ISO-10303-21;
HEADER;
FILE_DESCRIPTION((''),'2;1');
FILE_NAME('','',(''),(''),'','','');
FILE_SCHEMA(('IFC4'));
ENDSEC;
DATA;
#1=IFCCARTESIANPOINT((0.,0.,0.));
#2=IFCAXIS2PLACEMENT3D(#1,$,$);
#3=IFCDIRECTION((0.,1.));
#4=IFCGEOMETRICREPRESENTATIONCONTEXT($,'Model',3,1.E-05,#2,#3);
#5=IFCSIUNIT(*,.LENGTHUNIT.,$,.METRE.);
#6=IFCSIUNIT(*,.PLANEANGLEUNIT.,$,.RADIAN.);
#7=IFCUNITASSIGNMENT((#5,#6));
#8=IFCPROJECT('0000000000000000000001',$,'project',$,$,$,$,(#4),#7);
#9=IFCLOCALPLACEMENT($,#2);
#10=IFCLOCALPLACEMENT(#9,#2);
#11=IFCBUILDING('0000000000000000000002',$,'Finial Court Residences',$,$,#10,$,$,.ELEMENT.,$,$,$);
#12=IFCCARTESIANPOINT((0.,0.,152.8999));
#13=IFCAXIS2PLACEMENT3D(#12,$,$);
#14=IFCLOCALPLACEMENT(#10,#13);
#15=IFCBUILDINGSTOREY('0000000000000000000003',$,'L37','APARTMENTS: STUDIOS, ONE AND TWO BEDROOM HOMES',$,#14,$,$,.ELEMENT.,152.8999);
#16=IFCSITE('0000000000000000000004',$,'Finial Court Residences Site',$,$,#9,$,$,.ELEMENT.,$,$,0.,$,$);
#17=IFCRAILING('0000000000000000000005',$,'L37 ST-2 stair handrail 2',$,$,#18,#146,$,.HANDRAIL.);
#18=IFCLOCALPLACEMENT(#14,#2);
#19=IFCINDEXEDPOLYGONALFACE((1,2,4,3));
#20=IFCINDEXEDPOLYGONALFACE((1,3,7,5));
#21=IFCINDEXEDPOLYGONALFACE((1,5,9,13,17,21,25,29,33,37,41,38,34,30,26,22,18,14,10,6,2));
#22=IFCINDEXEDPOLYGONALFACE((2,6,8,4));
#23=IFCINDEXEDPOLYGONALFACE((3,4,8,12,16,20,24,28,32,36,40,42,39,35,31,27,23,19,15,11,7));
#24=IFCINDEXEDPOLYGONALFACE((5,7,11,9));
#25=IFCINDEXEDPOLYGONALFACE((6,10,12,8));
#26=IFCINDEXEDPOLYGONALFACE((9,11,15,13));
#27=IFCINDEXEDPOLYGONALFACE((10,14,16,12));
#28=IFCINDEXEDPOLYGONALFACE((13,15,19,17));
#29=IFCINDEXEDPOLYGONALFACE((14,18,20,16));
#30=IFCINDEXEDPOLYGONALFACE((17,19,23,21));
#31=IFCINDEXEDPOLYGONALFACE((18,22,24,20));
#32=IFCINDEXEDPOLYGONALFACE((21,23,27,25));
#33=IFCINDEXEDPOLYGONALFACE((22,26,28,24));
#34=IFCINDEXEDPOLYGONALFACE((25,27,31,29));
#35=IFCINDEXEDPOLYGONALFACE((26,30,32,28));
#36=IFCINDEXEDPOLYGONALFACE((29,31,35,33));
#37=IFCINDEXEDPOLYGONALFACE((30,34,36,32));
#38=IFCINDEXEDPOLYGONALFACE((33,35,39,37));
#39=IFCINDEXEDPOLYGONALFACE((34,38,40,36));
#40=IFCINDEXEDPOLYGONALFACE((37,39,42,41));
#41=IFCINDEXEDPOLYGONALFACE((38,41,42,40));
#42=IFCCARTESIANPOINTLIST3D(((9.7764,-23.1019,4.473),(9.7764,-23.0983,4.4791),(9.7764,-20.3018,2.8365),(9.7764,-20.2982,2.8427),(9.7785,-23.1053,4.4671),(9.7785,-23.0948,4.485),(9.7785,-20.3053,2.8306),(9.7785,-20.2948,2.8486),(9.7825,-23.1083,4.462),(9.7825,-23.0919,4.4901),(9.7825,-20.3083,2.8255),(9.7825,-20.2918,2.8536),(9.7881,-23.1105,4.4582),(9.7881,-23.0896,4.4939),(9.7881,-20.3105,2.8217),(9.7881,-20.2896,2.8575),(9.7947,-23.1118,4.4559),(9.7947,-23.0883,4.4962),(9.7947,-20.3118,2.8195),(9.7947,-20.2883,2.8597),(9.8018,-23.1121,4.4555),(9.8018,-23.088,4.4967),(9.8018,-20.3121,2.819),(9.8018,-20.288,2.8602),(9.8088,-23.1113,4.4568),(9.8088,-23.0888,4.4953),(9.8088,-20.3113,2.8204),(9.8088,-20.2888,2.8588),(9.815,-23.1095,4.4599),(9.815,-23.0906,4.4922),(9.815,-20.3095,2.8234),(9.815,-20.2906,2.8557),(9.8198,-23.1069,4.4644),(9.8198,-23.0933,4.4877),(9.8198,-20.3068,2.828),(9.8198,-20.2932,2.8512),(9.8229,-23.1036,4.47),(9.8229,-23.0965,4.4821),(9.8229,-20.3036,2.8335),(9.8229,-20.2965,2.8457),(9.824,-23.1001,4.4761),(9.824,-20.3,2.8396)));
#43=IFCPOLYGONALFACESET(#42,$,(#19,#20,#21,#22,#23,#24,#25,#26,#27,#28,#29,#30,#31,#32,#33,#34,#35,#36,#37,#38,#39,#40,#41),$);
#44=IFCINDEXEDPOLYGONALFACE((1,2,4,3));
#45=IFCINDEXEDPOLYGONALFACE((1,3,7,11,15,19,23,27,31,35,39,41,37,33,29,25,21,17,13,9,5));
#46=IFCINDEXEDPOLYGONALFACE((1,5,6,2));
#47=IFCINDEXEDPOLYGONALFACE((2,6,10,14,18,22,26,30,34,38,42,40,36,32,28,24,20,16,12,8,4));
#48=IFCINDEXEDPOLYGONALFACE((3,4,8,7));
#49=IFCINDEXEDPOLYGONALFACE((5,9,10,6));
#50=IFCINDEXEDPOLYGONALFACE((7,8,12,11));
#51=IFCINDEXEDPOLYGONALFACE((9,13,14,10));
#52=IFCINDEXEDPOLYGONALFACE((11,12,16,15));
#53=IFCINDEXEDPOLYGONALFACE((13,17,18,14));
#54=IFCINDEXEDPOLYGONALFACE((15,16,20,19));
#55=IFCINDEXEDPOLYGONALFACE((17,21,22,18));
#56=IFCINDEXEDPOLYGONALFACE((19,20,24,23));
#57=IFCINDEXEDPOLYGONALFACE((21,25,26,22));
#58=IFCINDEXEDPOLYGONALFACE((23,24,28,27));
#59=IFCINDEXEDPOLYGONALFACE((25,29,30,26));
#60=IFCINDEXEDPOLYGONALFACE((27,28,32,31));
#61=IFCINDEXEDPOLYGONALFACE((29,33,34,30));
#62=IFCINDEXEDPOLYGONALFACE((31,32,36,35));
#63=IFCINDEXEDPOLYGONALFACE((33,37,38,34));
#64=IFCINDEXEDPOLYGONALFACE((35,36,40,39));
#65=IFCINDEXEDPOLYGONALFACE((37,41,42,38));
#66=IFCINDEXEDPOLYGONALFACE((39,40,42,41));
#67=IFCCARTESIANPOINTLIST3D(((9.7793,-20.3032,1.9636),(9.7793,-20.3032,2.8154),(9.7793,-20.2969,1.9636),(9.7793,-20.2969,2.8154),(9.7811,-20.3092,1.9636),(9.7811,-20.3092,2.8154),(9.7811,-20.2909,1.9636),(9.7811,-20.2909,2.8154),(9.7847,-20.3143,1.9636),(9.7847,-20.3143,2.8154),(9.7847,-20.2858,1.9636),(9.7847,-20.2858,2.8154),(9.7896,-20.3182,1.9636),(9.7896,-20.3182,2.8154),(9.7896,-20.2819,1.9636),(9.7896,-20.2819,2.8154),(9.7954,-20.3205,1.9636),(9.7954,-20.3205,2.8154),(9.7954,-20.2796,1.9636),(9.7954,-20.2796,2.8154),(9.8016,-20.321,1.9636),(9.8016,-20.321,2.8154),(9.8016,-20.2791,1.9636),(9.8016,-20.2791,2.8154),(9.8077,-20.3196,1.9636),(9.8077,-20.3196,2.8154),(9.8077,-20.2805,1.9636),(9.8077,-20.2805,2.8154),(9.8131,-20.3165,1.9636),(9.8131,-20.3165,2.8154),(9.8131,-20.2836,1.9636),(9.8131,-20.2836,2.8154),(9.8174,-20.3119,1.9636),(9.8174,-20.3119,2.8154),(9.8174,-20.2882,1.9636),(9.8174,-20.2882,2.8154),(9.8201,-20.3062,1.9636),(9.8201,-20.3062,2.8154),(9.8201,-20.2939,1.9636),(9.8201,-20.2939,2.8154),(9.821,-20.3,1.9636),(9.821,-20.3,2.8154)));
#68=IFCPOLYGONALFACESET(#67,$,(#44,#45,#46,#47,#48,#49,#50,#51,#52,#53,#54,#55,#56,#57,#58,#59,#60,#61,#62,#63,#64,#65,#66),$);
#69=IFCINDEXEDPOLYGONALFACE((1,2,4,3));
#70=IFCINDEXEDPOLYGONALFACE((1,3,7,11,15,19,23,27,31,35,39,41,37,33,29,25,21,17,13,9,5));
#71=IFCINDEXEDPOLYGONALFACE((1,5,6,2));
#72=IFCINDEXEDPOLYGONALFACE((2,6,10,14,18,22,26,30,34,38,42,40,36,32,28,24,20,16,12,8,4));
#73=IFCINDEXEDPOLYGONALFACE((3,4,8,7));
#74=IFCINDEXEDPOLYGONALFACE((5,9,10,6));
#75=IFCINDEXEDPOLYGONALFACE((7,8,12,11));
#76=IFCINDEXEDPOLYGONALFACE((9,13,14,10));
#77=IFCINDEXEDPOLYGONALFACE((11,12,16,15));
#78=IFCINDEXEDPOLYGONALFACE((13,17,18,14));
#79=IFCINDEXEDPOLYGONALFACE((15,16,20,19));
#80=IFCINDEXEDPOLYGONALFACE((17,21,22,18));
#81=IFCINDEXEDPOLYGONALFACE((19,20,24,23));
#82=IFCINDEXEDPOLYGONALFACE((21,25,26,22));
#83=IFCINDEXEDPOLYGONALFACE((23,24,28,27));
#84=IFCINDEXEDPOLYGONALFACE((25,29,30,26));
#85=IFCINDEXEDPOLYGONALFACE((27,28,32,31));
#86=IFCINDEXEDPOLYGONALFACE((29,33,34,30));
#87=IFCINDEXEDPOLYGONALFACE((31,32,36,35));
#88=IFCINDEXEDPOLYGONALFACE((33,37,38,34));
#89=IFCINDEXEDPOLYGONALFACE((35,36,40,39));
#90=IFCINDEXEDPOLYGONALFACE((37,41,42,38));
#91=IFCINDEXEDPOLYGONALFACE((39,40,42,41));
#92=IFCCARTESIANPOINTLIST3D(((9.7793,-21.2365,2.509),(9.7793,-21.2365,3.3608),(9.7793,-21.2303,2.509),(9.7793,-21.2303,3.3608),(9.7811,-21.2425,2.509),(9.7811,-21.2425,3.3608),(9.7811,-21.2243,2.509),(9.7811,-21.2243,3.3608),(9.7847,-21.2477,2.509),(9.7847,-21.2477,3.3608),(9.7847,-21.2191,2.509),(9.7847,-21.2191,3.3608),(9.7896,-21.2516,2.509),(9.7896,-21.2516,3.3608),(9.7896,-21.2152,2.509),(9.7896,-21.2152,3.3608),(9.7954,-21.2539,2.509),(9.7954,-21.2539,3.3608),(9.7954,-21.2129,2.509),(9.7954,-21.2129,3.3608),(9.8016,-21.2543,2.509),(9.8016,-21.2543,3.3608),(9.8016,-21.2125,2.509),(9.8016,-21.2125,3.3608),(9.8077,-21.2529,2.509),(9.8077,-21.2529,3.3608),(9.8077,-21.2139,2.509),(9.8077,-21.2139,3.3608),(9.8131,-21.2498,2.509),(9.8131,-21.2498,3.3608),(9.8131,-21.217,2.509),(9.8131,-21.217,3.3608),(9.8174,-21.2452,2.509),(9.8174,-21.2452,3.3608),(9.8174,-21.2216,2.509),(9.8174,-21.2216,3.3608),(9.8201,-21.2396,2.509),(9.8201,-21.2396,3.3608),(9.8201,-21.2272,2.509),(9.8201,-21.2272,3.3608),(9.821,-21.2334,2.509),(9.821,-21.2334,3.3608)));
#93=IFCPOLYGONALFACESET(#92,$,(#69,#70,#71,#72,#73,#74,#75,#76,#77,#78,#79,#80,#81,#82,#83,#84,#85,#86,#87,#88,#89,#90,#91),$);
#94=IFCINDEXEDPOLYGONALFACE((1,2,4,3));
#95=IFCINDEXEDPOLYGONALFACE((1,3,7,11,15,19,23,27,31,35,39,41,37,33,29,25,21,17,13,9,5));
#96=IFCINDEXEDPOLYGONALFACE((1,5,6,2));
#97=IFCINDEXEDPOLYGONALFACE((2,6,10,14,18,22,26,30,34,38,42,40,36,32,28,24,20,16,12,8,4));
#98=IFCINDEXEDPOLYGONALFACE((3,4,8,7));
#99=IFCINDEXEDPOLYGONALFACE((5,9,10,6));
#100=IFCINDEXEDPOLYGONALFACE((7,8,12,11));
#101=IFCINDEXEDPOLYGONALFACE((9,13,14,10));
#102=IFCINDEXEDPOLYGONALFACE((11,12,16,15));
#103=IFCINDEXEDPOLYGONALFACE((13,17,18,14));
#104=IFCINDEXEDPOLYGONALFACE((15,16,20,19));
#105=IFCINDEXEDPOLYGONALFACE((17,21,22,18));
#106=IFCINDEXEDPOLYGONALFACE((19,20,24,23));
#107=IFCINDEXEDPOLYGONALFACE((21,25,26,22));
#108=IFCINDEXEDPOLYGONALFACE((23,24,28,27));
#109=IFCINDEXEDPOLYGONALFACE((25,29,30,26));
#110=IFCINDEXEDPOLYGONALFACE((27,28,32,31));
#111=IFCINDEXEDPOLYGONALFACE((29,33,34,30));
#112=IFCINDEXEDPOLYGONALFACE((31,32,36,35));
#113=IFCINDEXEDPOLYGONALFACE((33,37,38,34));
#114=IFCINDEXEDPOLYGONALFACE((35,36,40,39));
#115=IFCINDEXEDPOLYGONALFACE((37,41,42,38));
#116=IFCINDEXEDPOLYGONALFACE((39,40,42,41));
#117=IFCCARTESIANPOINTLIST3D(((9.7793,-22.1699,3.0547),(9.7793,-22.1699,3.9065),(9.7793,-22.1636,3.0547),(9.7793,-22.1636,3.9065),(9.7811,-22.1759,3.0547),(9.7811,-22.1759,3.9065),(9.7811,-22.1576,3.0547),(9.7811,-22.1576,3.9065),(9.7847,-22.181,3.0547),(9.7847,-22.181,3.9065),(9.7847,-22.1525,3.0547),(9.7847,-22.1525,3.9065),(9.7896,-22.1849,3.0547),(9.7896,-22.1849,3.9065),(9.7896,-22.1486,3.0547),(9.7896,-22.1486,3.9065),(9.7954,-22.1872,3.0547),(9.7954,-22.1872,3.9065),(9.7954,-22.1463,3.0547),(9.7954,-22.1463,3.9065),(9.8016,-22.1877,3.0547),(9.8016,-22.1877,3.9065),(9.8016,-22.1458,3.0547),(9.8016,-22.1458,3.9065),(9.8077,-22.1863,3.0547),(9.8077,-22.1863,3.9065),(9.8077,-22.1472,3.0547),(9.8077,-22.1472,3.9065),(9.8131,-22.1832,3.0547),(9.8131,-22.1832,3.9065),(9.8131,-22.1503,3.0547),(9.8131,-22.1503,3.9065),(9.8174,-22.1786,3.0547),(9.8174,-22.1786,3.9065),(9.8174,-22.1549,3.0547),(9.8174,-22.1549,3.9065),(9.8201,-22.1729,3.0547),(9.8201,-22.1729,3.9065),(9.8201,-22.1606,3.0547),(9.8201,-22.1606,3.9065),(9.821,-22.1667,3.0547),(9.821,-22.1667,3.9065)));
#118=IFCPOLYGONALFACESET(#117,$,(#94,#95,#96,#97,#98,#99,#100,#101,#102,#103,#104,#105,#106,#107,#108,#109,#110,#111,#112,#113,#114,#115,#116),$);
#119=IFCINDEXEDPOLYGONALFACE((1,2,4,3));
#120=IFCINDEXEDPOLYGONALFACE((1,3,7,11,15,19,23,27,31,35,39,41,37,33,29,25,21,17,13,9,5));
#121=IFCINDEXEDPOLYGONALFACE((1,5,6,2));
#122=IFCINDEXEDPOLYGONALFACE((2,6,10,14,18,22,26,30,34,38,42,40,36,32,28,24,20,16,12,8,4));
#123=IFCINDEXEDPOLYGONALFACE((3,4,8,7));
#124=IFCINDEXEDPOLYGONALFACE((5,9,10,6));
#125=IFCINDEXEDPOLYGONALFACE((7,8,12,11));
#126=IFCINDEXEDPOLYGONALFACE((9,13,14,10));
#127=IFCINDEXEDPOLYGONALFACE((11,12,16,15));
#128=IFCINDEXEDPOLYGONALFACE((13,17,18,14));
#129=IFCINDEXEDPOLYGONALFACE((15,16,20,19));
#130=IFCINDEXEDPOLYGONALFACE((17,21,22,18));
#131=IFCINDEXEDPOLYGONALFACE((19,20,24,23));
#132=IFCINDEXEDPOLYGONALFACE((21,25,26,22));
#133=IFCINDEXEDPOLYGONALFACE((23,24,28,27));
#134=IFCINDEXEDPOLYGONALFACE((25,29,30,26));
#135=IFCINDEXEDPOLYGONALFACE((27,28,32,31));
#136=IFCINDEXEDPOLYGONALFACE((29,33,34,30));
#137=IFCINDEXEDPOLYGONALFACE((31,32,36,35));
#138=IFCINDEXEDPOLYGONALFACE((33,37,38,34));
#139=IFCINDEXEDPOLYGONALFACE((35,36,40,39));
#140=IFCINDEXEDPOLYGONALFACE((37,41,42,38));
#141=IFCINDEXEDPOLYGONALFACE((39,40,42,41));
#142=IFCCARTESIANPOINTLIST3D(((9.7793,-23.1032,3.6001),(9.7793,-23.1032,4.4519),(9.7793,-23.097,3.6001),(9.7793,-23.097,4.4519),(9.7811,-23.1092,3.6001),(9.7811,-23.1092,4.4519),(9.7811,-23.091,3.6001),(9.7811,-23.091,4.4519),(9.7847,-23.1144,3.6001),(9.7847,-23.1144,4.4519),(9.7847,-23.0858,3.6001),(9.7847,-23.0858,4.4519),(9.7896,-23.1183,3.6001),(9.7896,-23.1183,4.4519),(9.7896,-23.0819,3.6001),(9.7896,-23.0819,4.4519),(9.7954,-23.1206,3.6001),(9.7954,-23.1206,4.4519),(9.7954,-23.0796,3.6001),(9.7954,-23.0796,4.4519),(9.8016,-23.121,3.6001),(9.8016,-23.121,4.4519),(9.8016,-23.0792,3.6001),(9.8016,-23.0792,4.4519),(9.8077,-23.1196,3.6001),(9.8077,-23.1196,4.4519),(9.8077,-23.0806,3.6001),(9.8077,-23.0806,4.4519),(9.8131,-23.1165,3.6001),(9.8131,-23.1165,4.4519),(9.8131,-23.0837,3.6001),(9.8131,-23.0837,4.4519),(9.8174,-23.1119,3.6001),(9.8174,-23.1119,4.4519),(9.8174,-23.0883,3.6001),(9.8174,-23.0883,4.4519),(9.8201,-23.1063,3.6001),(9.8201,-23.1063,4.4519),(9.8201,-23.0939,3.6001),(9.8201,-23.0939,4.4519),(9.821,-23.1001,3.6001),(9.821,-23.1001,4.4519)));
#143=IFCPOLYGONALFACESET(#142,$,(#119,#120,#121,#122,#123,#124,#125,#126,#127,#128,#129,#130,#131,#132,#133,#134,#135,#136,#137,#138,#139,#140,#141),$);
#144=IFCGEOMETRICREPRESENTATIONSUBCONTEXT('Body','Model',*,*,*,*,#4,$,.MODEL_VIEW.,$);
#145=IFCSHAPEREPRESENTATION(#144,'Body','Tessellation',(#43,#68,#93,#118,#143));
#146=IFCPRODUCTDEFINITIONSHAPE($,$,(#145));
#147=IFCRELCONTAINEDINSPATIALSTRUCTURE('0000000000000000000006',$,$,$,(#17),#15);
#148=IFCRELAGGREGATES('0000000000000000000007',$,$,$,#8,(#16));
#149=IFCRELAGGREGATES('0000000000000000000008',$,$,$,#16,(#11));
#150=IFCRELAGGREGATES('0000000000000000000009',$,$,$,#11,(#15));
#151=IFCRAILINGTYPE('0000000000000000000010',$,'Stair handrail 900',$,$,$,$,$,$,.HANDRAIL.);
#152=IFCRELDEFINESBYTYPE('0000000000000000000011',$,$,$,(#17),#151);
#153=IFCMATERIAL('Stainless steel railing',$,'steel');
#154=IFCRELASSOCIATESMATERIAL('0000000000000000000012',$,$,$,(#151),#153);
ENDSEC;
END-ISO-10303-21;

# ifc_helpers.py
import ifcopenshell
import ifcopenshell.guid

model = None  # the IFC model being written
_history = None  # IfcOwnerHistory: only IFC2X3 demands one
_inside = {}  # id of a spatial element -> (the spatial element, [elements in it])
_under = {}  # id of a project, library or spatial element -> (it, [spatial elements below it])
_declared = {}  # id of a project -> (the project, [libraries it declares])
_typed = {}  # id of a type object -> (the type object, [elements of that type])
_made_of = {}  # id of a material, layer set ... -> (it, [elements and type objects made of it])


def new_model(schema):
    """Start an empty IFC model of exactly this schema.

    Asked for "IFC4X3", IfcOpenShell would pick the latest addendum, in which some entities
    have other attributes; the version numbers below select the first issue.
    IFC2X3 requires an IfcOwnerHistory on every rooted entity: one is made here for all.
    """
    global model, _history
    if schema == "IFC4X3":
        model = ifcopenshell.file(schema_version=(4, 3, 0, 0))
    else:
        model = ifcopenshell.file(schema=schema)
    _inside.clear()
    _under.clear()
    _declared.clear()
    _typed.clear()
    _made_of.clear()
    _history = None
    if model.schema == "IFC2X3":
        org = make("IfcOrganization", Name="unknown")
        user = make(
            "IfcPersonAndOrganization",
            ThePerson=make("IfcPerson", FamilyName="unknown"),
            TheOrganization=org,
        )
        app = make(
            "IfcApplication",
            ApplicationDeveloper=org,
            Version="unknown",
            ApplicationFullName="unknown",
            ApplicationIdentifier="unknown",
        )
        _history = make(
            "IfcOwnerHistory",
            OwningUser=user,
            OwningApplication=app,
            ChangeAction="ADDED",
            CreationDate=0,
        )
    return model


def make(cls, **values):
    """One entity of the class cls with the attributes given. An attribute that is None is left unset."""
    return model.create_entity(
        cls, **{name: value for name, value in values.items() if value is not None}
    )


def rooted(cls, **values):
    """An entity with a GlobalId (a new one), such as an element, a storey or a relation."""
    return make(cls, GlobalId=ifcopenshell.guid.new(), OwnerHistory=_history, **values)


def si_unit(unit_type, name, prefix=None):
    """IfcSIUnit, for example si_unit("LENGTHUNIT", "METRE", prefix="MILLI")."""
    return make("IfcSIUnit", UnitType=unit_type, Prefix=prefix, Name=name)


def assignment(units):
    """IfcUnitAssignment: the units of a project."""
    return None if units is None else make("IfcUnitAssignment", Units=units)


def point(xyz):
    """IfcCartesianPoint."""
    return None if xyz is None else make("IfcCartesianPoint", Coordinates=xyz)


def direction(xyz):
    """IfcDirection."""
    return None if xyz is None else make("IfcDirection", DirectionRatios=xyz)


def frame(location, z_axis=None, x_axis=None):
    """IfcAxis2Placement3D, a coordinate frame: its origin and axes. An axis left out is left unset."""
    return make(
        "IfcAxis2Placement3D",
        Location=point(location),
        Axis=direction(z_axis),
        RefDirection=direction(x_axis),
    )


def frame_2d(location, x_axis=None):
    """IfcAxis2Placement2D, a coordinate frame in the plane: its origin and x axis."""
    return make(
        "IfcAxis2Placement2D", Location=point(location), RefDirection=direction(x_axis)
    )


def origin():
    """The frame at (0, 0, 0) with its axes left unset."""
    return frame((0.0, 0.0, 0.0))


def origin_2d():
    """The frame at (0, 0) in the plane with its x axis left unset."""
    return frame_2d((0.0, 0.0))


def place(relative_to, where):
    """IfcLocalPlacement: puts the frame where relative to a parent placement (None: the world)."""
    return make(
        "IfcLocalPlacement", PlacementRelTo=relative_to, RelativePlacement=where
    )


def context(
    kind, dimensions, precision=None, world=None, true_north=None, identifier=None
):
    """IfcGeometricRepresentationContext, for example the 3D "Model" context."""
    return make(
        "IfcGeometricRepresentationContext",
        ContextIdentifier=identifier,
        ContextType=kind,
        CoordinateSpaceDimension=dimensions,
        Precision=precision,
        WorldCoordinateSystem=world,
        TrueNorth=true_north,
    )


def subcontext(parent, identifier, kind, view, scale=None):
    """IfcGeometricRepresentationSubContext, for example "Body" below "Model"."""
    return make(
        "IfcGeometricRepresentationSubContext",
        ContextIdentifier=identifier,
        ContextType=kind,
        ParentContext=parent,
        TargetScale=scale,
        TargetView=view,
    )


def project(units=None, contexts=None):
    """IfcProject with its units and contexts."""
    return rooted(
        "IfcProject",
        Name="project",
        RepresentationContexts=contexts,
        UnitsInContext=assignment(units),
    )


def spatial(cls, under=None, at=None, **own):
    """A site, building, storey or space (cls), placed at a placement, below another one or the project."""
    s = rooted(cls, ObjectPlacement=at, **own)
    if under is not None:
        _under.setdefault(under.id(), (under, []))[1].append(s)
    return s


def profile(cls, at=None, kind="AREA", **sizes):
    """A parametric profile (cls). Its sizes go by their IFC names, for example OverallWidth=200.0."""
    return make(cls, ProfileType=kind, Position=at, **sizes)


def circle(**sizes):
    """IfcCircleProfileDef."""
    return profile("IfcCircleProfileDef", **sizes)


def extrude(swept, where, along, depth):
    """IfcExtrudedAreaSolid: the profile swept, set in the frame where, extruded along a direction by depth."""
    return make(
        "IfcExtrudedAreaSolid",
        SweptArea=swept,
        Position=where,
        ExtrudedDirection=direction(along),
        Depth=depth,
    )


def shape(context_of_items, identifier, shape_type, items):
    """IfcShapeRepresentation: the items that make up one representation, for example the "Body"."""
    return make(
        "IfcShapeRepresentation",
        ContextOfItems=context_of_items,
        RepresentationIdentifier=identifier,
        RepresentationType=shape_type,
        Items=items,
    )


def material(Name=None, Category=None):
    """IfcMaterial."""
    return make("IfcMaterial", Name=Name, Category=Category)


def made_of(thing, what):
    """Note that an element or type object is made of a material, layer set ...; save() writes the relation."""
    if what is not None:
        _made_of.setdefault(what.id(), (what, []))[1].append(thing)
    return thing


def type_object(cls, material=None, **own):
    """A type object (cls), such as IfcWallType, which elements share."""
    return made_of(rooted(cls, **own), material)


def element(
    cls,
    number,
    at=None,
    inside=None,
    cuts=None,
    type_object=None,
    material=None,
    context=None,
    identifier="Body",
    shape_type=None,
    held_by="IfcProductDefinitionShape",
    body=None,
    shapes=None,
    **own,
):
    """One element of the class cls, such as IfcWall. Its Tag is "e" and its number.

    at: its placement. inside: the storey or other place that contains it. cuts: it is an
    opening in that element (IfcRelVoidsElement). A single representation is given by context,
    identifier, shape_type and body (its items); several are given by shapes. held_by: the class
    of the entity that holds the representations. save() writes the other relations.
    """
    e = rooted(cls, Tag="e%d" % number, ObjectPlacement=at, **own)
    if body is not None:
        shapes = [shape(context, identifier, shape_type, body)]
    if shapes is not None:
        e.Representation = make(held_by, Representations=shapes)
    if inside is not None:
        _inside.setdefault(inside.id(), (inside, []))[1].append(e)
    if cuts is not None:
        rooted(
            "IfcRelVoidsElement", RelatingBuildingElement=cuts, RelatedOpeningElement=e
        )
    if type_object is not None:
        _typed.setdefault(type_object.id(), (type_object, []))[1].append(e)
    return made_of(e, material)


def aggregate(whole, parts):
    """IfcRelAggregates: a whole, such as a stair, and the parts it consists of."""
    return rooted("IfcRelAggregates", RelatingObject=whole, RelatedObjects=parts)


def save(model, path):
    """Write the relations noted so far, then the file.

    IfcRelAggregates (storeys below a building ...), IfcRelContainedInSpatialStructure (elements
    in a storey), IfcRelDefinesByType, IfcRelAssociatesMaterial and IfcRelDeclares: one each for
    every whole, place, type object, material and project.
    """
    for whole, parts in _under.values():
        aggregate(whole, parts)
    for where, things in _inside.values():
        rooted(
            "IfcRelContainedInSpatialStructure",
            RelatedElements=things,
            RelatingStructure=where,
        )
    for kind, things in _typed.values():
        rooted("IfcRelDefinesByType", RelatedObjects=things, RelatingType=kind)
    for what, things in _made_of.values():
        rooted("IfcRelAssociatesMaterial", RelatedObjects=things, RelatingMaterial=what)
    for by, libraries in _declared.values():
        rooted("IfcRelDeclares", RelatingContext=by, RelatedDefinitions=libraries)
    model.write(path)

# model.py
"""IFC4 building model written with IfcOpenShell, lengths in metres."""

from ifc_helpers import new_model, si_unit, direction, frame, origin, origin_2d, place, context, subcontext, project, spatial, circle, extrude, material, type_object, element, save


model = new_model("IFC4")

# Units and contexts
model_context = context("Model", 3, precision=1e-05, world=origin(), true_north=direction((0.0, 1.0)))
body_context = subcontext(model_context, "Body", "Model", "MODEL_VIEW")
ifc_project = project(units=[si_unit("LENGTHUNIT", "METRE"), si_unit("PLANEANGLEUNIT", "RADIAN")], contexts=[model_context])

# Site, building, storey
site_placement = place(None, origin())
site = spatial("IfcSite", under=ifc_project, at=site_placement, Name="Finial Court Residences Site", CompositionType="ELEMENT", RefElevation=0.0)
building_placement = place(site_placement, origin())
building = spatial("IfcBuilding", under=site, at=building_placement, Name="Finial Court Residences", CompositionType="ELEMENT")
storey_placement = place(building_placement, frame((0.0, 0.0, 152.8999)))
storey = spatial("IfcBuildingStorey", under=building, at=storey_placement, Name="L37", Description="APARTMENTS: STUDIOS, ONE AND TWO BEDROOM HOMES", CompositionType="ELEMENT", Elevation=152.8999)

# Railing
ifc_material_1 = material(Name="Stainless steel railing", Category="steel")
railing_type_1 = type_object("IfcRailingType", Name="Stair handrail 900", PredefinedType="HANDRAIL", material=ifc_material_1)
railing_1_placement = place(storey_placement, frame((9.8, -20.3, 1.9636)))
element("IfcRailing", 1, at=railing_1_placement, inside=storey, type_object=railing_type_1, Name="L37 ST-2 stair handrail 2", PredefinedType="HANDRAIL", context=body_context, shape_type="SweptSolid", body=[
    extrude(circle(Radius=0.0239, at=origin_2d()), frame((0.0, 0.0, 0.876), z_axis=(0.0, -0.863361, 0.504587), x_axis=(1.0, 0.0, 0.0)), (0.0, 0.0, 1.0), 3.2432),
    extrude(circle(Radius=0.021, at=origin_2d()), origin(), (0.0, 0.0, 1.0), 0.8518),
    extrude(circle(Radius=0.021, at=origin_2d()), frame((0.0, -0.9333, 0.5454)), (0.0, 0.0, 1.0), 0.8518),
    extrude(circle(Radius=0.021, at=origin_2d()), frame((0.0, -1.8667, 1.0911)), (0.0, 0.0, 1.0), 0.8518),
    extrude(circle(Radius=0.021, at=origin_2d()), frame((0.0, -2.8, 1.6365)), (0.0, 0.0, 1.0), 0.8518),
])

save(model, "model.ifc")
